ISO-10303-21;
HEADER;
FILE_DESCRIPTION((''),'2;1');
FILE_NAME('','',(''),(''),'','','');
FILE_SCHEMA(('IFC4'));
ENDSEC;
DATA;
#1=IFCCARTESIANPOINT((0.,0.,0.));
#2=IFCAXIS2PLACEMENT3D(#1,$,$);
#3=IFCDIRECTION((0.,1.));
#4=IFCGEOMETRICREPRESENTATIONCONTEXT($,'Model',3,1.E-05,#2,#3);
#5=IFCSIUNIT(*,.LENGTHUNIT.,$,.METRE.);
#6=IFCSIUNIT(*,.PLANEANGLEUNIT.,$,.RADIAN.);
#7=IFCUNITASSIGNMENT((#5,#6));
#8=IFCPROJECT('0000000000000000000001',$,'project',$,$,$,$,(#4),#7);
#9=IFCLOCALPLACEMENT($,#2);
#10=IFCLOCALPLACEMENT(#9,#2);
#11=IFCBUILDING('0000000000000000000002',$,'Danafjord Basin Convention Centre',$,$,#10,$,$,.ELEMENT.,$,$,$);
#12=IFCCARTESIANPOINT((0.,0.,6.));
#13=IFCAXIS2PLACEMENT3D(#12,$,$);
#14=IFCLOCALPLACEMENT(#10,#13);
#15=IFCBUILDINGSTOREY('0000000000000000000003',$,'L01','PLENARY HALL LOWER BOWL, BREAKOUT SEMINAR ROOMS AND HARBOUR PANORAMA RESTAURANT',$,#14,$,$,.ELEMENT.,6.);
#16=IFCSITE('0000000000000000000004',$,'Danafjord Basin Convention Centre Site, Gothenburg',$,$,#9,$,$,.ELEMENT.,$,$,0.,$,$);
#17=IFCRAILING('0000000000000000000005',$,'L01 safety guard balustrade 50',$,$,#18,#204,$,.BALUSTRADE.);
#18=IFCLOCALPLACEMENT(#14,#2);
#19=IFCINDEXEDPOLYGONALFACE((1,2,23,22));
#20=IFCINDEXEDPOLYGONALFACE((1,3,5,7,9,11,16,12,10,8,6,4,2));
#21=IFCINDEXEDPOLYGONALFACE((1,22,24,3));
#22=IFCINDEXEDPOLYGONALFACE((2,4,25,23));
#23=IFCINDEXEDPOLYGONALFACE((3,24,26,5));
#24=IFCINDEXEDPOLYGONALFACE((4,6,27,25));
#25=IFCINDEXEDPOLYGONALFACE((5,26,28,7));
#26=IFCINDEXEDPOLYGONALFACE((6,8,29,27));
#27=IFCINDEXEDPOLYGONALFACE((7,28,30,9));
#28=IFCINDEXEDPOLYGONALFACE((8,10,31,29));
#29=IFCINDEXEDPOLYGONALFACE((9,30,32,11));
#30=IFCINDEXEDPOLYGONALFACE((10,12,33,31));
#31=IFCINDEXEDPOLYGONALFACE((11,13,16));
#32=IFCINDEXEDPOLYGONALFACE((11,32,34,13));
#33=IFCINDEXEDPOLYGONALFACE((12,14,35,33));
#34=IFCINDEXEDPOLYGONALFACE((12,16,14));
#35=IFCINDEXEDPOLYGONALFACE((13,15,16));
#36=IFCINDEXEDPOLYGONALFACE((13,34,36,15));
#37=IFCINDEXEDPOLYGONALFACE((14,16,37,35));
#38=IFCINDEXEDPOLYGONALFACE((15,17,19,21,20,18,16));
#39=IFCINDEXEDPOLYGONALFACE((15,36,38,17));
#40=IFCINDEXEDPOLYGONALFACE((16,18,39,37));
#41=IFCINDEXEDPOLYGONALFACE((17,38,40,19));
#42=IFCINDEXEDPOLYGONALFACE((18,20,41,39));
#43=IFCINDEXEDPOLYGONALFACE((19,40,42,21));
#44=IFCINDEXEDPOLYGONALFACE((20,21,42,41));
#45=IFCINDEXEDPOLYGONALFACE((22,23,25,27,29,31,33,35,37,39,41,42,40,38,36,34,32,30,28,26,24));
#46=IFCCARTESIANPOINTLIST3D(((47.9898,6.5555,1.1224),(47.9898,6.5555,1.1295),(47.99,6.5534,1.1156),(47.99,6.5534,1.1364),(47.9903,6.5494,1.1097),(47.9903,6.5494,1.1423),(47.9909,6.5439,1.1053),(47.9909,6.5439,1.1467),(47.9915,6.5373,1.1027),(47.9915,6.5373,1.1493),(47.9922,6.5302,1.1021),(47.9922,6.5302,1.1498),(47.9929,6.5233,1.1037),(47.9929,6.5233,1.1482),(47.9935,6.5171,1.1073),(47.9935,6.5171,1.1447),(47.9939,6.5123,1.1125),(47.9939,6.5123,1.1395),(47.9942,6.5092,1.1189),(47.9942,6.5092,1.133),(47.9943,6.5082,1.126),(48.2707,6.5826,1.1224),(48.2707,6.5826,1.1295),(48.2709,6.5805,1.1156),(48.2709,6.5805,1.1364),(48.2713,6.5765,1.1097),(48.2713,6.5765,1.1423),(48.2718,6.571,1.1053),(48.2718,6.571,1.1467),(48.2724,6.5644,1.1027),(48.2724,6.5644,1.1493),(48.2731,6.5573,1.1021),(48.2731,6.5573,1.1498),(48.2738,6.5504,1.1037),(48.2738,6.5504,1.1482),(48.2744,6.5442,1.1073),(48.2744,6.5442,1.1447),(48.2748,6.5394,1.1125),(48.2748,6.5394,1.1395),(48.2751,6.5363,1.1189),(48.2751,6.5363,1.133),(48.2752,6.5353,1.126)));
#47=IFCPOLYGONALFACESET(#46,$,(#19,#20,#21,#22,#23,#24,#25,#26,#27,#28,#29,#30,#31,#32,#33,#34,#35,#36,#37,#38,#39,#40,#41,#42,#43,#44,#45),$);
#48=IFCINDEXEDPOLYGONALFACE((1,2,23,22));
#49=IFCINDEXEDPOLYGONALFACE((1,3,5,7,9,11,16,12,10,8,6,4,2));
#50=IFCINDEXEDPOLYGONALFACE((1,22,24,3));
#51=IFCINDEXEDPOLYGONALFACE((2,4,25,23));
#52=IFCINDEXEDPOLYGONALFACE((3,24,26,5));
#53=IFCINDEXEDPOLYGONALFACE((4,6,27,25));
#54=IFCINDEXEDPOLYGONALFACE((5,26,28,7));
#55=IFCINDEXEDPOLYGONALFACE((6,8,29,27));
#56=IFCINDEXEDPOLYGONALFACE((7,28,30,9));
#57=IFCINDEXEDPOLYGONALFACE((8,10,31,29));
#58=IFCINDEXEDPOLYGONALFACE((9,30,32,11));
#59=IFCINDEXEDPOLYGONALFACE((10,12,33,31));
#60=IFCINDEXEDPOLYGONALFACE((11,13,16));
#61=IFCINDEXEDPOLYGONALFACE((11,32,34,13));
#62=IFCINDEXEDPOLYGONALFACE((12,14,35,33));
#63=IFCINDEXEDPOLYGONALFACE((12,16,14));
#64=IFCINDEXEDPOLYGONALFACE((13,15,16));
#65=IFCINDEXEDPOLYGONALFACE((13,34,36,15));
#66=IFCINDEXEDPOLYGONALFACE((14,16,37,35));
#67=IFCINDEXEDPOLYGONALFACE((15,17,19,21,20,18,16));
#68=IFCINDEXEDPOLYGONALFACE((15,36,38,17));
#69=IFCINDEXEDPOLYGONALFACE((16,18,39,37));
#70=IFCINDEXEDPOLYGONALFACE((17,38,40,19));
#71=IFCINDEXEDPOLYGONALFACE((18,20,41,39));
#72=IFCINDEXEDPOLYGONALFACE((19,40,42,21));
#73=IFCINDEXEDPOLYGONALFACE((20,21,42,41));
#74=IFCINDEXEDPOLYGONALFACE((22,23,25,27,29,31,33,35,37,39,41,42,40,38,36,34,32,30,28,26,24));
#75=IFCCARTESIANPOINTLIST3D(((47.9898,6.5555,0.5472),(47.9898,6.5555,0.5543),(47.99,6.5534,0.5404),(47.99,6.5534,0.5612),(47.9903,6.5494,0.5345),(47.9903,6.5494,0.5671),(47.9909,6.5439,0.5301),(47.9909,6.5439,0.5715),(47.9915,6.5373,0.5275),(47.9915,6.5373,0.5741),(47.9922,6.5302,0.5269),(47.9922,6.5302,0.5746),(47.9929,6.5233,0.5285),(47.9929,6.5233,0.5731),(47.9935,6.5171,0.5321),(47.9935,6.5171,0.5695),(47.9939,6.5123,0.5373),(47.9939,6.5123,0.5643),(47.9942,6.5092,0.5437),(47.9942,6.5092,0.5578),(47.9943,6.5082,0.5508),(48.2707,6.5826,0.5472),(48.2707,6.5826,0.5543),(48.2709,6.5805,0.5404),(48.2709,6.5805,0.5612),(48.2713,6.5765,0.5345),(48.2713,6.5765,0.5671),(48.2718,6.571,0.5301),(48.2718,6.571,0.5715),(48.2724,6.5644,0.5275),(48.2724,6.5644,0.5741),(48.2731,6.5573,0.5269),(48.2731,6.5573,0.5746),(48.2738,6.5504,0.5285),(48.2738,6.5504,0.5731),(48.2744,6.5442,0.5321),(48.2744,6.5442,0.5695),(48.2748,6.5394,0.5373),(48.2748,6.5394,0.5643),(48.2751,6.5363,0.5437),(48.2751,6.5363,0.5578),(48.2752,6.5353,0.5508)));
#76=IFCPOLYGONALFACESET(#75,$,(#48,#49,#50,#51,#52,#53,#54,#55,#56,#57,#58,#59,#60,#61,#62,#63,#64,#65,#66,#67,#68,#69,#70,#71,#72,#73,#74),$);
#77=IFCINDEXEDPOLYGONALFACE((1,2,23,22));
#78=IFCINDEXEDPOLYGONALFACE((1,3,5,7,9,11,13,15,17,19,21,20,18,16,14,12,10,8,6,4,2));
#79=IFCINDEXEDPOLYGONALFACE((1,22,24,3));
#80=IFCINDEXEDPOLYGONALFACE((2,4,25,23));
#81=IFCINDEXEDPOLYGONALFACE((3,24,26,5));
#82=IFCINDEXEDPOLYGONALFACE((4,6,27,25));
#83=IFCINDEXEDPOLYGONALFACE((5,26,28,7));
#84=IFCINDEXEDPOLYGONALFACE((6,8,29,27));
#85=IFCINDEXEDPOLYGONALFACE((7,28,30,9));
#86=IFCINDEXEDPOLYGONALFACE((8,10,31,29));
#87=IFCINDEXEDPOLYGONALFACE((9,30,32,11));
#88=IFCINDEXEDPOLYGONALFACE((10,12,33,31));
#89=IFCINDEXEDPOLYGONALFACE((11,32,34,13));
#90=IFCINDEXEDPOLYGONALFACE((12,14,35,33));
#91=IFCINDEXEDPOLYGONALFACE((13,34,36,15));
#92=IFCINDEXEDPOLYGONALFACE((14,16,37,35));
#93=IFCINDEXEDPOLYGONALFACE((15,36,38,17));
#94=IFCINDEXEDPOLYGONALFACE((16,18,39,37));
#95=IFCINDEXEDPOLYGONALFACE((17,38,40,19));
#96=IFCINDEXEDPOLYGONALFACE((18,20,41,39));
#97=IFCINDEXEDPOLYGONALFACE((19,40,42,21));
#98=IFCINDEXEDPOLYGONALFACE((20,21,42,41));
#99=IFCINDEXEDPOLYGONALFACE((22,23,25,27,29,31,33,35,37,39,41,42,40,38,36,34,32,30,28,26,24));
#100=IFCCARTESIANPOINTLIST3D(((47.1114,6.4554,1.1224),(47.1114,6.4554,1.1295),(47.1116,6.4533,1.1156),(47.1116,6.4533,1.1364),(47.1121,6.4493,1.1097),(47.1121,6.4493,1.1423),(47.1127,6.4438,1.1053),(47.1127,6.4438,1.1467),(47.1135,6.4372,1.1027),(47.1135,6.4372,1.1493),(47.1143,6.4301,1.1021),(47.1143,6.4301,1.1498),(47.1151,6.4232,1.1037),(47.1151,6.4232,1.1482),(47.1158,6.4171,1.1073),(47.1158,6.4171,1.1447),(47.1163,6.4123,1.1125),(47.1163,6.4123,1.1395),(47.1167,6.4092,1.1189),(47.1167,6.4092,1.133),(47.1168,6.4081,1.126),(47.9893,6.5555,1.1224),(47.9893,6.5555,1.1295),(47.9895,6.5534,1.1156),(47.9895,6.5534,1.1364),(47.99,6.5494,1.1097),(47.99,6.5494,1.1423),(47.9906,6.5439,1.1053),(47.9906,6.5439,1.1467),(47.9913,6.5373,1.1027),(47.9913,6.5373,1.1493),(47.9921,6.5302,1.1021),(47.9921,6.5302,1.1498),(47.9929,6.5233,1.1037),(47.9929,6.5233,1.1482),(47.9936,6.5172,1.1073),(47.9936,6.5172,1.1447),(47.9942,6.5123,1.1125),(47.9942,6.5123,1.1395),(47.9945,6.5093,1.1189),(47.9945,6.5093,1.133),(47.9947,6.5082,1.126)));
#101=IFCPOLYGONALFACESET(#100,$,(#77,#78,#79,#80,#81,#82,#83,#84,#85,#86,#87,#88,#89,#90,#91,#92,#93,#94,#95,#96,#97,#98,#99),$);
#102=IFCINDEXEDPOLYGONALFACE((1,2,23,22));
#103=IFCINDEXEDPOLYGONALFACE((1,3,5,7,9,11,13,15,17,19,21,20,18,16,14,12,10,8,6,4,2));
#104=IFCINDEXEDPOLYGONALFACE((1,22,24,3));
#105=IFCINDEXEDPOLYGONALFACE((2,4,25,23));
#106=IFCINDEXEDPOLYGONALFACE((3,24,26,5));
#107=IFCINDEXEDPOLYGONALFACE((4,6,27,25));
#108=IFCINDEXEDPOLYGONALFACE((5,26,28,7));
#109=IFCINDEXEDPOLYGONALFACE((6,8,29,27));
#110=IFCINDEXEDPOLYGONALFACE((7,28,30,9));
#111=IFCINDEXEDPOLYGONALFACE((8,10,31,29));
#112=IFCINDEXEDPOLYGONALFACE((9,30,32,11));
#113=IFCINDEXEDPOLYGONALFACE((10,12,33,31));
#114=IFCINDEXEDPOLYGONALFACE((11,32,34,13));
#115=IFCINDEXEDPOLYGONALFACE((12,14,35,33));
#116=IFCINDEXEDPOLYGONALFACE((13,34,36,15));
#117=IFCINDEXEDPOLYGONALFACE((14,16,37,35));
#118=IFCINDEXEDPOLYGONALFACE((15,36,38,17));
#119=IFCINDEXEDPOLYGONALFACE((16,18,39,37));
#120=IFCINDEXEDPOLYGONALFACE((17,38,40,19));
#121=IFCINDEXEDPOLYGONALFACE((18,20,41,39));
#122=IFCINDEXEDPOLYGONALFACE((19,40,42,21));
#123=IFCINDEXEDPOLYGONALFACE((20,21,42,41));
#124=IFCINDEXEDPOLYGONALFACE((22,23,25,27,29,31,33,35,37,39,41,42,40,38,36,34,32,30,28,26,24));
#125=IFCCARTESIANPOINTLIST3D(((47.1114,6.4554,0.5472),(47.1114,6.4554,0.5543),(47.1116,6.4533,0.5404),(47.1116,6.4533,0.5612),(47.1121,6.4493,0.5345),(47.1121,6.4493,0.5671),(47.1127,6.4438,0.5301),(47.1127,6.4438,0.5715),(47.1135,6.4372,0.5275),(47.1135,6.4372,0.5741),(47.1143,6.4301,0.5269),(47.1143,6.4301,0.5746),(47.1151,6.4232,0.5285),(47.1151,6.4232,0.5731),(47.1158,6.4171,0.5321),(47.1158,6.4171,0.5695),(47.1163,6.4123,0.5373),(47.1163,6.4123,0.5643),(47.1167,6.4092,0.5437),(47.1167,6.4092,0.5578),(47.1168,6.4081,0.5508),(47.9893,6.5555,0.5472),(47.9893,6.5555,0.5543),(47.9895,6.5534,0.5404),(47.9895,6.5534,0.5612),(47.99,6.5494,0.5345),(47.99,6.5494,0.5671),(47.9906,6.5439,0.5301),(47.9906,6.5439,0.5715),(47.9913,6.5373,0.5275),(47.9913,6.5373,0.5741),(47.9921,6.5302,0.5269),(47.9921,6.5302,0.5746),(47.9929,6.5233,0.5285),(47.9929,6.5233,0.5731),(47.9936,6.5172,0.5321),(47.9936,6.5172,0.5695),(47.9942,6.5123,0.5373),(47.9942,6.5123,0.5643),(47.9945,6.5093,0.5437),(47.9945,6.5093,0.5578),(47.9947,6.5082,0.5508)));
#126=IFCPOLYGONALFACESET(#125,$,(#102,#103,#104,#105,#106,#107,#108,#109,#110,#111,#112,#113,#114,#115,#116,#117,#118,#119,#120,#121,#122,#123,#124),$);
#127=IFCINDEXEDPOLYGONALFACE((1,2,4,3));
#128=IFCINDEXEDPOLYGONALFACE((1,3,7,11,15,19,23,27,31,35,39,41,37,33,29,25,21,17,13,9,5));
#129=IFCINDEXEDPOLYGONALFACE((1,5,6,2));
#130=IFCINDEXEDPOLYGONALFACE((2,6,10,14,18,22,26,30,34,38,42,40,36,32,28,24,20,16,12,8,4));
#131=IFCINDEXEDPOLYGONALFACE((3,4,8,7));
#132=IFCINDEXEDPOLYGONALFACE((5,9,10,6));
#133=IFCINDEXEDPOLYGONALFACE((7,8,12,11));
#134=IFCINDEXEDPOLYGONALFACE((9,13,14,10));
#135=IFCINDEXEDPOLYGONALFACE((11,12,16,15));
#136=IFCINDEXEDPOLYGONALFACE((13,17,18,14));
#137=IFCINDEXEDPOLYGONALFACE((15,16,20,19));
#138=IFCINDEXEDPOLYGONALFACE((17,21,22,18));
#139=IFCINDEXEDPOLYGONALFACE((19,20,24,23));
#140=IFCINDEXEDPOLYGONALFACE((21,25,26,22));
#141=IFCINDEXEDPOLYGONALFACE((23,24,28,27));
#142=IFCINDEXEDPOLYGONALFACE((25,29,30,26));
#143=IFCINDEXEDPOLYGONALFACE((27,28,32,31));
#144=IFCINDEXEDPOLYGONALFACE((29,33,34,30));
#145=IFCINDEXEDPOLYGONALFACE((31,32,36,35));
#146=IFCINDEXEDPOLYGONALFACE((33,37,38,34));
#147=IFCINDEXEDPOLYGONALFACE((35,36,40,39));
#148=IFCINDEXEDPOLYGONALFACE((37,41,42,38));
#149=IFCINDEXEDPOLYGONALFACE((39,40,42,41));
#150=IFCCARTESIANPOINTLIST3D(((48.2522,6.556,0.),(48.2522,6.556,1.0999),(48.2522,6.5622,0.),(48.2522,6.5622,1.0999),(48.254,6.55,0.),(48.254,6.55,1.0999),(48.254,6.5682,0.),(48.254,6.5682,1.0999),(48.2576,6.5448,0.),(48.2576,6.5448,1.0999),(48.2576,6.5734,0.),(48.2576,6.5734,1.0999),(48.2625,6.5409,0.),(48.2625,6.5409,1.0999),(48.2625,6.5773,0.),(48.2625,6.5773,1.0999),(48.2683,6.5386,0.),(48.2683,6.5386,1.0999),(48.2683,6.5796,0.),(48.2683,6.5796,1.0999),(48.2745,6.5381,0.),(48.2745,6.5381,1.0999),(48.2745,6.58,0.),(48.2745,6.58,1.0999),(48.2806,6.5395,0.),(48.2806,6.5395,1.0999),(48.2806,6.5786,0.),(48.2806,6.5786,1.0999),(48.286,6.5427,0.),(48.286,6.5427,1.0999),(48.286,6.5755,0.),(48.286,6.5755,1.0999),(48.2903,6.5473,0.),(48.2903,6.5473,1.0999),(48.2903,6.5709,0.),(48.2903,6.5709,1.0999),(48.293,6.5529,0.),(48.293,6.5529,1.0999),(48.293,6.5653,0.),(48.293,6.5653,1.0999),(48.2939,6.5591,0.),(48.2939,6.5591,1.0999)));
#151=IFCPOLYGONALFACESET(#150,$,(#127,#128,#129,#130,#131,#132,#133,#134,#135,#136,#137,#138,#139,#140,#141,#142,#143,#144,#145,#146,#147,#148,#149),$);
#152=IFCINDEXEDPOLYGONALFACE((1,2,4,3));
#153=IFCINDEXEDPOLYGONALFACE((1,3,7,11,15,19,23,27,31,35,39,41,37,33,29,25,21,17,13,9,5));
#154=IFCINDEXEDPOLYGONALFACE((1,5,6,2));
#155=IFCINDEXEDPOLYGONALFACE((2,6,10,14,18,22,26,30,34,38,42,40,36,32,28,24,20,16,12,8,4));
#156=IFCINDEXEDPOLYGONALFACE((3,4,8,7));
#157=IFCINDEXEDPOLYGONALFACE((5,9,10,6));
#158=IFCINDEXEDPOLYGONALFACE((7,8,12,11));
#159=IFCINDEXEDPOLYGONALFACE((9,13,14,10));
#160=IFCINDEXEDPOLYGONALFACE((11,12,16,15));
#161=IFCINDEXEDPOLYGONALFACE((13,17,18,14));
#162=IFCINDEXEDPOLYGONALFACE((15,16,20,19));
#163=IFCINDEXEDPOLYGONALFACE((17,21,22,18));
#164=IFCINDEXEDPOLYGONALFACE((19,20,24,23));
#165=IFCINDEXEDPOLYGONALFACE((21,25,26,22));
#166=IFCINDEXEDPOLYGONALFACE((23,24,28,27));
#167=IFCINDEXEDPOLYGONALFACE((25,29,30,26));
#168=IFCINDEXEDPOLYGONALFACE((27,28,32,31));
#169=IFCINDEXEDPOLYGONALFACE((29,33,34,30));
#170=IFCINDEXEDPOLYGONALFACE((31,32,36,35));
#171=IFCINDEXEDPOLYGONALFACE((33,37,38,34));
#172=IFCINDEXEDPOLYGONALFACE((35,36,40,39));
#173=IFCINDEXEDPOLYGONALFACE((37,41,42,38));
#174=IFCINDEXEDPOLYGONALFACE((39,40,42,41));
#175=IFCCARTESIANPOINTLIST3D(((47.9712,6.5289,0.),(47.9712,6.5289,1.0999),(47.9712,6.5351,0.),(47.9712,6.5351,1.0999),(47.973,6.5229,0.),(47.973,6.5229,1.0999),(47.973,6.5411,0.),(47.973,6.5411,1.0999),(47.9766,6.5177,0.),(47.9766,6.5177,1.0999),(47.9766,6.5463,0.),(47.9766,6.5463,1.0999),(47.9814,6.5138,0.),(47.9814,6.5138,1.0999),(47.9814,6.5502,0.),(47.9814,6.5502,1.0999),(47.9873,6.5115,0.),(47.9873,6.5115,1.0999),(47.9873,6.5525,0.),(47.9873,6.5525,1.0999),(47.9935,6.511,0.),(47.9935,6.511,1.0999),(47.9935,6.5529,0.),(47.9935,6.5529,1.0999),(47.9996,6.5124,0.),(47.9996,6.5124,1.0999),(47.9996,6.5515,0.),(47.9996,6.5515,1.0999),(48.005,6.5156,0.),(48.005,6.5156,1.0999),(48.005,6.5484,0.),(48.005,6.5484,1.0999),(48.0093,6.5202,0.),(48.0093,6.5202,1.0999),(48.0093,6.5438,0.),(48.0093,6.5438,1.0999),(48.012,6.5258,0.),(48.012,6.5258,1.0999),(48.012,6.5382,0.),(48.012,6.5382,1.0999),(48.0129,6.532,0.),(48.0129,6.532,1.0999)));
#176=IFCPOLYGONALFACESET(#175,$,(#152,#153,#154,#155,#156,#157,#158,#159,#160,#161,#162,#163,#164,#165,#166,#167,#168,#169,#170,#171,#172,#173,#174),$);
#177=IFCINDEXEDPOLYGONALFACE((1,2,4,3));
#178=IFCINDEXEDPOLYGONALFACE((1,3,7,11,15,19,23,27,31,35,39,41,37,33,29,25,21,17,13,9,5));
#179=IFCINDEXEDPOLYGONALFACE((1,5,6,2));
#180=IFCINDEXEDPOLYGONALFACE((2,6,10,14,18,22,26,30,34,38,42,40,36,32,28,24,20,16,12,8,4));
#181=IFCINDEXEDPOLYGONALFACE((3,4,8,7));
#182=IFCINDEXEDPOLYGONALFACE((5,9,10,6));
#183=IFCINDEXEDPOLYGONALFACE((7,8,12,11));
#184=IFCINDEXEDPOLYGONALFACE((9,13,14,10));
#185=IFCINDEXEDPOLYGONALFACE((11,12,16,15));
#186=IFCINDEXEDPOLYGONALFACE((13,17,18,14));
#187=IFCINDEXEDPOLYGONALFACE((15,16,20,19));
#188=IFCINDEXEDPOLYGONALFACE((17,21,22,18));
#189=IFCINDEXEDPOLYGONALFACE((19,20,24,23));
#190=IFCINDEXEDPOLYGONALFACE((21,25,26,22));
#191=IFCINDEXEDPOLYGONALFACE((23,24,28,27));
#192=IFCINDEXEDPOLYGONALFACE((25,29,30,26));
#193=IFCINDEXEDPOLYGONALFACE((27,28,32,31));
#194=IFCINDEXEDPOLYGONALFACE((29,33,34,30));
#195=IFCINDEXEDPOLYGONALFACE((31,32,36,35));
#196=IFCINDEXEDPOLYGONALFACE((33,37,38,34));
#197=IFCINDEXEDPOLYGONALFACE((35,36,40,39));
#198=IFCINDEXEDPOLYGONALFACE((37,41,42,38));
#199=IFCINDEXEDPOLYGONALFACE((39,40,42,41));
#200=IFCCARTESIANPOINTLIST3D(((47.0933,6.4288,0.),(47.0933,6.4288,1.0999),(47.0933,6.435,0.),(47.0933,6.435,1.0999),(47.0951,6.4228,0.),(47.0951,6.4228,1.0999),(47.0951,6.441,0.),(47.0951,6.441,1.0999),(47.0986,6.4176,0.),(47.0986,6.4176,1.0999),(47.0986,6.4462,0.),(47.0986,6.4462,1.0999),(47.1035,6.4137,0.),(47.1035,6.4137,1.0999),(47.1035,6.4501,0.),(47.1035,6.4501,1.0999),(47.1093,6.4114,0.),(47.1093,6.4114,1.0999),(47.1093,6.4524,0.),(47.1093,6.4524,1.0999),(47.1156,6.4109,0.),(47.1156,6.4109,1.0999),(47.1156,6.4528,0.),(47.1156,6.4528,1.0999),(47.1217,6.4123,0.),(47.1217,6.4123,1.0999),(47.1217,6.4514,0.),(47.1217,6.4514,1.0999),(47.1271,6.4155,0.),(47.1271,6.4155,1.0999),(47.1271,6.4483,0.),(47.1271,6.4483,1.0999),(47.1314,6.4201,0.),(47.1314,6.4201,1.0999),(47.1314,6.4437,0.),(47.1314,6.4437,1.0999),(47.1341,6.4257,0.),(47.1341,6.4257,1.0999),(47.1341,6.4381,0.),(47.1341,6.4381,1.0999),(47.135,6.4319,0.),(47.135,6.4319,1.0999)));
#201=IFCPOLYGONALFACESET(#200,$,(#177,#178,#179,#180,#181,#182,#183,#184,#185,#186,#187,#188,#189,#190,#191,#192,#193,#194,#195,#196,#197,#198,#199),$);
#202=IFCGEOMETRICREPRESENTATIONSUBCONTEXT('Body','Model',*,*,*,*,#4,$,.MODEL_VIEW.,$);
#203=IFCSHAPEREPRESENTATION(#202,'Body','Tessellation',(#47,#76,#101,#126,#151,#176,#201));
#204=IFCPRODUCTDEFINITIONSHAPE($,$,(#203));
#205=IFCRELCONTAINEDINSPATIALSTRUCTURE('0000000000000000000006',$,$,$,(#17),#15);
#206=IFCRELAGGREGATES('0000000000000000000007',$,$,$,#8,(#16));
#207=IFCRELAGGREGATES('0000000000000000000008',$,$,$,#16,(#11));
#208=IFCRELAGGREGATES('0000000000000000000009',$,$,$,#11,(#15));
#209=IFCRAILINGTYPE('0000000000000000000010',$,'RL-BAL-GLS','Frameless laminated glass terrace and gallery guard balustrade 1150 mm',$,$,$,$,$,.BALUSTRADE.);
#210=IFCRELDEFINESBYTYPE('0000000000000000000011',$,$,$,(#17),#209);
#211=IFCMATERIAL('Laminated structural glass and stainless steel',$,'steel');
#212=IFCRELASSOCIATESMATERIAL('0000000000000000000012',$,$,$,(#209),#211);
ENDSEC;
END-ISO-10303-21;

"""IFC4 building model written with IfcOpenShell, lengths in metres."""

from ifc_helpers import new_model, si_unit, direction, frame, origin, origin_2d, place, context, subcontext, project, spatial, circle, extrude, material, type_object, element, save


model = new_model("IFC4")

# Units and contexts
model_context = context("Model", 3, precision=1e-05, world=origin(), true_north=direction((0.0, 1.0)))
body_context = subcontext(model_context, "Body", "Model", "MODEL_VIEW")
ifc_project = project(units=[si_unit("LENGTHUNIT", "METRE"), si_unit("PLANEANGLEUNIT", "RADIAN")], contexts=[model_context])

# Site, building, storey
site_placement = place(None, origin())
site = spatial("IfcSite", under=ifc_project, at=site_placement, Name="Danafjord Basin Convention Centre Site, Gothenburg", CompositionType="ELEMENT", RefElevation=0.0)
building_placement = place(site_placement, origin())
building = spatial("IfcBuilding", under=site, at=building_placement, Name="Danafjord Basin Convention Centre", CompositionType="ELEMENT")
storey_placement = place(building_placement, frame((0.0, 0.0, 6.0)))
storey = spatial("IfcBuildingStorey", under=building, at=storey_placement, Name="L01", Description="PLENARY HALL LOWER BOWL, BREAKOUT SEMINAR ROOMS AND HARBOUR PANORAMA RESTAURANT", CompositionType="ELEMENT", Elevation=6.0)

# Railing
ifc_material_1 = material(Name="Laminated structural glass and stainless steel", Category="steel")
railing_type_1 = type_object("IfcRailingType", Name="RL-BAL-GLS", Description="Frameless laminated glass terrace and gallery guard balustrade 1150 mm", PredefinedType="BALUSTRADE", material=ifc_material_1)
railing_1_placement = place(storey_placement, frame((48.2729, 6.5591, 0.0)))
element("IfcRailing", 1, at=railing_1_placement, inside=storey, type_object=railing_type_1, Name="L01 safety guard balustrade 50", PredefinedType="BALUSTRADE", context=body_context, shape_type="SweptSolid", body=[
    extrude(circle(Radius=0.0239, at=origin_2d()), frame((0.0, 0.0, 1.126), z_axis=(-0.995382, -0.095993, 0.0), x_axis=(0.095993, -0.995382, 0.0)), (0.0, 0.0, 1.0), 0.2822),
    extrude(circle(Radius=0.0239, at=origin_2d()), frame((0.0, 0.0, 0.5508), z_axis=(-0.995382, -0.095993, 0.0), x_axis=(0.095993, -0.995382, 0.0)), (0.0, 0.0, 1.0), 0.2822),
    extrude(circle(Radius=0.0239, at=origin_2d()), frame((-0.281, -0.0271, 1.126), z_axis=(-0.993563, -0.113282, 0.0), x_axis=(0.113282, -0.993563, 0.0)), (0.0, 0.0, 1.0), 0.8835),
    extrude(circle(Radius=0.0239, at=origin_2d()), frame((-0.281, -0.0271, 0.5508), z_axis=(-0.993563, -0.113282, 0.0), x_axis=(0.113282, -0.993563, 0.0)), (0.0, 0.0, 1.0), 0.8835),
    extrude(circle(Radius=0.021, at=origin_2d()), origin(), (0.0, 0.0, 1.0), 1.0999),
    extrude(circle(Radius=0.021, at=origin_2d()), frame((-0.281, -0.0271, 0.0)), (0.0, 0.0, 1.0), 1.0999),
    extrude(circle(Radius=0.021, at=origin_2d()), frame((-1.1589, -0.1272, 0.0)), (0.0, 0.0, 1.0), 1.0999),
])

save(model, "model.ifc")
